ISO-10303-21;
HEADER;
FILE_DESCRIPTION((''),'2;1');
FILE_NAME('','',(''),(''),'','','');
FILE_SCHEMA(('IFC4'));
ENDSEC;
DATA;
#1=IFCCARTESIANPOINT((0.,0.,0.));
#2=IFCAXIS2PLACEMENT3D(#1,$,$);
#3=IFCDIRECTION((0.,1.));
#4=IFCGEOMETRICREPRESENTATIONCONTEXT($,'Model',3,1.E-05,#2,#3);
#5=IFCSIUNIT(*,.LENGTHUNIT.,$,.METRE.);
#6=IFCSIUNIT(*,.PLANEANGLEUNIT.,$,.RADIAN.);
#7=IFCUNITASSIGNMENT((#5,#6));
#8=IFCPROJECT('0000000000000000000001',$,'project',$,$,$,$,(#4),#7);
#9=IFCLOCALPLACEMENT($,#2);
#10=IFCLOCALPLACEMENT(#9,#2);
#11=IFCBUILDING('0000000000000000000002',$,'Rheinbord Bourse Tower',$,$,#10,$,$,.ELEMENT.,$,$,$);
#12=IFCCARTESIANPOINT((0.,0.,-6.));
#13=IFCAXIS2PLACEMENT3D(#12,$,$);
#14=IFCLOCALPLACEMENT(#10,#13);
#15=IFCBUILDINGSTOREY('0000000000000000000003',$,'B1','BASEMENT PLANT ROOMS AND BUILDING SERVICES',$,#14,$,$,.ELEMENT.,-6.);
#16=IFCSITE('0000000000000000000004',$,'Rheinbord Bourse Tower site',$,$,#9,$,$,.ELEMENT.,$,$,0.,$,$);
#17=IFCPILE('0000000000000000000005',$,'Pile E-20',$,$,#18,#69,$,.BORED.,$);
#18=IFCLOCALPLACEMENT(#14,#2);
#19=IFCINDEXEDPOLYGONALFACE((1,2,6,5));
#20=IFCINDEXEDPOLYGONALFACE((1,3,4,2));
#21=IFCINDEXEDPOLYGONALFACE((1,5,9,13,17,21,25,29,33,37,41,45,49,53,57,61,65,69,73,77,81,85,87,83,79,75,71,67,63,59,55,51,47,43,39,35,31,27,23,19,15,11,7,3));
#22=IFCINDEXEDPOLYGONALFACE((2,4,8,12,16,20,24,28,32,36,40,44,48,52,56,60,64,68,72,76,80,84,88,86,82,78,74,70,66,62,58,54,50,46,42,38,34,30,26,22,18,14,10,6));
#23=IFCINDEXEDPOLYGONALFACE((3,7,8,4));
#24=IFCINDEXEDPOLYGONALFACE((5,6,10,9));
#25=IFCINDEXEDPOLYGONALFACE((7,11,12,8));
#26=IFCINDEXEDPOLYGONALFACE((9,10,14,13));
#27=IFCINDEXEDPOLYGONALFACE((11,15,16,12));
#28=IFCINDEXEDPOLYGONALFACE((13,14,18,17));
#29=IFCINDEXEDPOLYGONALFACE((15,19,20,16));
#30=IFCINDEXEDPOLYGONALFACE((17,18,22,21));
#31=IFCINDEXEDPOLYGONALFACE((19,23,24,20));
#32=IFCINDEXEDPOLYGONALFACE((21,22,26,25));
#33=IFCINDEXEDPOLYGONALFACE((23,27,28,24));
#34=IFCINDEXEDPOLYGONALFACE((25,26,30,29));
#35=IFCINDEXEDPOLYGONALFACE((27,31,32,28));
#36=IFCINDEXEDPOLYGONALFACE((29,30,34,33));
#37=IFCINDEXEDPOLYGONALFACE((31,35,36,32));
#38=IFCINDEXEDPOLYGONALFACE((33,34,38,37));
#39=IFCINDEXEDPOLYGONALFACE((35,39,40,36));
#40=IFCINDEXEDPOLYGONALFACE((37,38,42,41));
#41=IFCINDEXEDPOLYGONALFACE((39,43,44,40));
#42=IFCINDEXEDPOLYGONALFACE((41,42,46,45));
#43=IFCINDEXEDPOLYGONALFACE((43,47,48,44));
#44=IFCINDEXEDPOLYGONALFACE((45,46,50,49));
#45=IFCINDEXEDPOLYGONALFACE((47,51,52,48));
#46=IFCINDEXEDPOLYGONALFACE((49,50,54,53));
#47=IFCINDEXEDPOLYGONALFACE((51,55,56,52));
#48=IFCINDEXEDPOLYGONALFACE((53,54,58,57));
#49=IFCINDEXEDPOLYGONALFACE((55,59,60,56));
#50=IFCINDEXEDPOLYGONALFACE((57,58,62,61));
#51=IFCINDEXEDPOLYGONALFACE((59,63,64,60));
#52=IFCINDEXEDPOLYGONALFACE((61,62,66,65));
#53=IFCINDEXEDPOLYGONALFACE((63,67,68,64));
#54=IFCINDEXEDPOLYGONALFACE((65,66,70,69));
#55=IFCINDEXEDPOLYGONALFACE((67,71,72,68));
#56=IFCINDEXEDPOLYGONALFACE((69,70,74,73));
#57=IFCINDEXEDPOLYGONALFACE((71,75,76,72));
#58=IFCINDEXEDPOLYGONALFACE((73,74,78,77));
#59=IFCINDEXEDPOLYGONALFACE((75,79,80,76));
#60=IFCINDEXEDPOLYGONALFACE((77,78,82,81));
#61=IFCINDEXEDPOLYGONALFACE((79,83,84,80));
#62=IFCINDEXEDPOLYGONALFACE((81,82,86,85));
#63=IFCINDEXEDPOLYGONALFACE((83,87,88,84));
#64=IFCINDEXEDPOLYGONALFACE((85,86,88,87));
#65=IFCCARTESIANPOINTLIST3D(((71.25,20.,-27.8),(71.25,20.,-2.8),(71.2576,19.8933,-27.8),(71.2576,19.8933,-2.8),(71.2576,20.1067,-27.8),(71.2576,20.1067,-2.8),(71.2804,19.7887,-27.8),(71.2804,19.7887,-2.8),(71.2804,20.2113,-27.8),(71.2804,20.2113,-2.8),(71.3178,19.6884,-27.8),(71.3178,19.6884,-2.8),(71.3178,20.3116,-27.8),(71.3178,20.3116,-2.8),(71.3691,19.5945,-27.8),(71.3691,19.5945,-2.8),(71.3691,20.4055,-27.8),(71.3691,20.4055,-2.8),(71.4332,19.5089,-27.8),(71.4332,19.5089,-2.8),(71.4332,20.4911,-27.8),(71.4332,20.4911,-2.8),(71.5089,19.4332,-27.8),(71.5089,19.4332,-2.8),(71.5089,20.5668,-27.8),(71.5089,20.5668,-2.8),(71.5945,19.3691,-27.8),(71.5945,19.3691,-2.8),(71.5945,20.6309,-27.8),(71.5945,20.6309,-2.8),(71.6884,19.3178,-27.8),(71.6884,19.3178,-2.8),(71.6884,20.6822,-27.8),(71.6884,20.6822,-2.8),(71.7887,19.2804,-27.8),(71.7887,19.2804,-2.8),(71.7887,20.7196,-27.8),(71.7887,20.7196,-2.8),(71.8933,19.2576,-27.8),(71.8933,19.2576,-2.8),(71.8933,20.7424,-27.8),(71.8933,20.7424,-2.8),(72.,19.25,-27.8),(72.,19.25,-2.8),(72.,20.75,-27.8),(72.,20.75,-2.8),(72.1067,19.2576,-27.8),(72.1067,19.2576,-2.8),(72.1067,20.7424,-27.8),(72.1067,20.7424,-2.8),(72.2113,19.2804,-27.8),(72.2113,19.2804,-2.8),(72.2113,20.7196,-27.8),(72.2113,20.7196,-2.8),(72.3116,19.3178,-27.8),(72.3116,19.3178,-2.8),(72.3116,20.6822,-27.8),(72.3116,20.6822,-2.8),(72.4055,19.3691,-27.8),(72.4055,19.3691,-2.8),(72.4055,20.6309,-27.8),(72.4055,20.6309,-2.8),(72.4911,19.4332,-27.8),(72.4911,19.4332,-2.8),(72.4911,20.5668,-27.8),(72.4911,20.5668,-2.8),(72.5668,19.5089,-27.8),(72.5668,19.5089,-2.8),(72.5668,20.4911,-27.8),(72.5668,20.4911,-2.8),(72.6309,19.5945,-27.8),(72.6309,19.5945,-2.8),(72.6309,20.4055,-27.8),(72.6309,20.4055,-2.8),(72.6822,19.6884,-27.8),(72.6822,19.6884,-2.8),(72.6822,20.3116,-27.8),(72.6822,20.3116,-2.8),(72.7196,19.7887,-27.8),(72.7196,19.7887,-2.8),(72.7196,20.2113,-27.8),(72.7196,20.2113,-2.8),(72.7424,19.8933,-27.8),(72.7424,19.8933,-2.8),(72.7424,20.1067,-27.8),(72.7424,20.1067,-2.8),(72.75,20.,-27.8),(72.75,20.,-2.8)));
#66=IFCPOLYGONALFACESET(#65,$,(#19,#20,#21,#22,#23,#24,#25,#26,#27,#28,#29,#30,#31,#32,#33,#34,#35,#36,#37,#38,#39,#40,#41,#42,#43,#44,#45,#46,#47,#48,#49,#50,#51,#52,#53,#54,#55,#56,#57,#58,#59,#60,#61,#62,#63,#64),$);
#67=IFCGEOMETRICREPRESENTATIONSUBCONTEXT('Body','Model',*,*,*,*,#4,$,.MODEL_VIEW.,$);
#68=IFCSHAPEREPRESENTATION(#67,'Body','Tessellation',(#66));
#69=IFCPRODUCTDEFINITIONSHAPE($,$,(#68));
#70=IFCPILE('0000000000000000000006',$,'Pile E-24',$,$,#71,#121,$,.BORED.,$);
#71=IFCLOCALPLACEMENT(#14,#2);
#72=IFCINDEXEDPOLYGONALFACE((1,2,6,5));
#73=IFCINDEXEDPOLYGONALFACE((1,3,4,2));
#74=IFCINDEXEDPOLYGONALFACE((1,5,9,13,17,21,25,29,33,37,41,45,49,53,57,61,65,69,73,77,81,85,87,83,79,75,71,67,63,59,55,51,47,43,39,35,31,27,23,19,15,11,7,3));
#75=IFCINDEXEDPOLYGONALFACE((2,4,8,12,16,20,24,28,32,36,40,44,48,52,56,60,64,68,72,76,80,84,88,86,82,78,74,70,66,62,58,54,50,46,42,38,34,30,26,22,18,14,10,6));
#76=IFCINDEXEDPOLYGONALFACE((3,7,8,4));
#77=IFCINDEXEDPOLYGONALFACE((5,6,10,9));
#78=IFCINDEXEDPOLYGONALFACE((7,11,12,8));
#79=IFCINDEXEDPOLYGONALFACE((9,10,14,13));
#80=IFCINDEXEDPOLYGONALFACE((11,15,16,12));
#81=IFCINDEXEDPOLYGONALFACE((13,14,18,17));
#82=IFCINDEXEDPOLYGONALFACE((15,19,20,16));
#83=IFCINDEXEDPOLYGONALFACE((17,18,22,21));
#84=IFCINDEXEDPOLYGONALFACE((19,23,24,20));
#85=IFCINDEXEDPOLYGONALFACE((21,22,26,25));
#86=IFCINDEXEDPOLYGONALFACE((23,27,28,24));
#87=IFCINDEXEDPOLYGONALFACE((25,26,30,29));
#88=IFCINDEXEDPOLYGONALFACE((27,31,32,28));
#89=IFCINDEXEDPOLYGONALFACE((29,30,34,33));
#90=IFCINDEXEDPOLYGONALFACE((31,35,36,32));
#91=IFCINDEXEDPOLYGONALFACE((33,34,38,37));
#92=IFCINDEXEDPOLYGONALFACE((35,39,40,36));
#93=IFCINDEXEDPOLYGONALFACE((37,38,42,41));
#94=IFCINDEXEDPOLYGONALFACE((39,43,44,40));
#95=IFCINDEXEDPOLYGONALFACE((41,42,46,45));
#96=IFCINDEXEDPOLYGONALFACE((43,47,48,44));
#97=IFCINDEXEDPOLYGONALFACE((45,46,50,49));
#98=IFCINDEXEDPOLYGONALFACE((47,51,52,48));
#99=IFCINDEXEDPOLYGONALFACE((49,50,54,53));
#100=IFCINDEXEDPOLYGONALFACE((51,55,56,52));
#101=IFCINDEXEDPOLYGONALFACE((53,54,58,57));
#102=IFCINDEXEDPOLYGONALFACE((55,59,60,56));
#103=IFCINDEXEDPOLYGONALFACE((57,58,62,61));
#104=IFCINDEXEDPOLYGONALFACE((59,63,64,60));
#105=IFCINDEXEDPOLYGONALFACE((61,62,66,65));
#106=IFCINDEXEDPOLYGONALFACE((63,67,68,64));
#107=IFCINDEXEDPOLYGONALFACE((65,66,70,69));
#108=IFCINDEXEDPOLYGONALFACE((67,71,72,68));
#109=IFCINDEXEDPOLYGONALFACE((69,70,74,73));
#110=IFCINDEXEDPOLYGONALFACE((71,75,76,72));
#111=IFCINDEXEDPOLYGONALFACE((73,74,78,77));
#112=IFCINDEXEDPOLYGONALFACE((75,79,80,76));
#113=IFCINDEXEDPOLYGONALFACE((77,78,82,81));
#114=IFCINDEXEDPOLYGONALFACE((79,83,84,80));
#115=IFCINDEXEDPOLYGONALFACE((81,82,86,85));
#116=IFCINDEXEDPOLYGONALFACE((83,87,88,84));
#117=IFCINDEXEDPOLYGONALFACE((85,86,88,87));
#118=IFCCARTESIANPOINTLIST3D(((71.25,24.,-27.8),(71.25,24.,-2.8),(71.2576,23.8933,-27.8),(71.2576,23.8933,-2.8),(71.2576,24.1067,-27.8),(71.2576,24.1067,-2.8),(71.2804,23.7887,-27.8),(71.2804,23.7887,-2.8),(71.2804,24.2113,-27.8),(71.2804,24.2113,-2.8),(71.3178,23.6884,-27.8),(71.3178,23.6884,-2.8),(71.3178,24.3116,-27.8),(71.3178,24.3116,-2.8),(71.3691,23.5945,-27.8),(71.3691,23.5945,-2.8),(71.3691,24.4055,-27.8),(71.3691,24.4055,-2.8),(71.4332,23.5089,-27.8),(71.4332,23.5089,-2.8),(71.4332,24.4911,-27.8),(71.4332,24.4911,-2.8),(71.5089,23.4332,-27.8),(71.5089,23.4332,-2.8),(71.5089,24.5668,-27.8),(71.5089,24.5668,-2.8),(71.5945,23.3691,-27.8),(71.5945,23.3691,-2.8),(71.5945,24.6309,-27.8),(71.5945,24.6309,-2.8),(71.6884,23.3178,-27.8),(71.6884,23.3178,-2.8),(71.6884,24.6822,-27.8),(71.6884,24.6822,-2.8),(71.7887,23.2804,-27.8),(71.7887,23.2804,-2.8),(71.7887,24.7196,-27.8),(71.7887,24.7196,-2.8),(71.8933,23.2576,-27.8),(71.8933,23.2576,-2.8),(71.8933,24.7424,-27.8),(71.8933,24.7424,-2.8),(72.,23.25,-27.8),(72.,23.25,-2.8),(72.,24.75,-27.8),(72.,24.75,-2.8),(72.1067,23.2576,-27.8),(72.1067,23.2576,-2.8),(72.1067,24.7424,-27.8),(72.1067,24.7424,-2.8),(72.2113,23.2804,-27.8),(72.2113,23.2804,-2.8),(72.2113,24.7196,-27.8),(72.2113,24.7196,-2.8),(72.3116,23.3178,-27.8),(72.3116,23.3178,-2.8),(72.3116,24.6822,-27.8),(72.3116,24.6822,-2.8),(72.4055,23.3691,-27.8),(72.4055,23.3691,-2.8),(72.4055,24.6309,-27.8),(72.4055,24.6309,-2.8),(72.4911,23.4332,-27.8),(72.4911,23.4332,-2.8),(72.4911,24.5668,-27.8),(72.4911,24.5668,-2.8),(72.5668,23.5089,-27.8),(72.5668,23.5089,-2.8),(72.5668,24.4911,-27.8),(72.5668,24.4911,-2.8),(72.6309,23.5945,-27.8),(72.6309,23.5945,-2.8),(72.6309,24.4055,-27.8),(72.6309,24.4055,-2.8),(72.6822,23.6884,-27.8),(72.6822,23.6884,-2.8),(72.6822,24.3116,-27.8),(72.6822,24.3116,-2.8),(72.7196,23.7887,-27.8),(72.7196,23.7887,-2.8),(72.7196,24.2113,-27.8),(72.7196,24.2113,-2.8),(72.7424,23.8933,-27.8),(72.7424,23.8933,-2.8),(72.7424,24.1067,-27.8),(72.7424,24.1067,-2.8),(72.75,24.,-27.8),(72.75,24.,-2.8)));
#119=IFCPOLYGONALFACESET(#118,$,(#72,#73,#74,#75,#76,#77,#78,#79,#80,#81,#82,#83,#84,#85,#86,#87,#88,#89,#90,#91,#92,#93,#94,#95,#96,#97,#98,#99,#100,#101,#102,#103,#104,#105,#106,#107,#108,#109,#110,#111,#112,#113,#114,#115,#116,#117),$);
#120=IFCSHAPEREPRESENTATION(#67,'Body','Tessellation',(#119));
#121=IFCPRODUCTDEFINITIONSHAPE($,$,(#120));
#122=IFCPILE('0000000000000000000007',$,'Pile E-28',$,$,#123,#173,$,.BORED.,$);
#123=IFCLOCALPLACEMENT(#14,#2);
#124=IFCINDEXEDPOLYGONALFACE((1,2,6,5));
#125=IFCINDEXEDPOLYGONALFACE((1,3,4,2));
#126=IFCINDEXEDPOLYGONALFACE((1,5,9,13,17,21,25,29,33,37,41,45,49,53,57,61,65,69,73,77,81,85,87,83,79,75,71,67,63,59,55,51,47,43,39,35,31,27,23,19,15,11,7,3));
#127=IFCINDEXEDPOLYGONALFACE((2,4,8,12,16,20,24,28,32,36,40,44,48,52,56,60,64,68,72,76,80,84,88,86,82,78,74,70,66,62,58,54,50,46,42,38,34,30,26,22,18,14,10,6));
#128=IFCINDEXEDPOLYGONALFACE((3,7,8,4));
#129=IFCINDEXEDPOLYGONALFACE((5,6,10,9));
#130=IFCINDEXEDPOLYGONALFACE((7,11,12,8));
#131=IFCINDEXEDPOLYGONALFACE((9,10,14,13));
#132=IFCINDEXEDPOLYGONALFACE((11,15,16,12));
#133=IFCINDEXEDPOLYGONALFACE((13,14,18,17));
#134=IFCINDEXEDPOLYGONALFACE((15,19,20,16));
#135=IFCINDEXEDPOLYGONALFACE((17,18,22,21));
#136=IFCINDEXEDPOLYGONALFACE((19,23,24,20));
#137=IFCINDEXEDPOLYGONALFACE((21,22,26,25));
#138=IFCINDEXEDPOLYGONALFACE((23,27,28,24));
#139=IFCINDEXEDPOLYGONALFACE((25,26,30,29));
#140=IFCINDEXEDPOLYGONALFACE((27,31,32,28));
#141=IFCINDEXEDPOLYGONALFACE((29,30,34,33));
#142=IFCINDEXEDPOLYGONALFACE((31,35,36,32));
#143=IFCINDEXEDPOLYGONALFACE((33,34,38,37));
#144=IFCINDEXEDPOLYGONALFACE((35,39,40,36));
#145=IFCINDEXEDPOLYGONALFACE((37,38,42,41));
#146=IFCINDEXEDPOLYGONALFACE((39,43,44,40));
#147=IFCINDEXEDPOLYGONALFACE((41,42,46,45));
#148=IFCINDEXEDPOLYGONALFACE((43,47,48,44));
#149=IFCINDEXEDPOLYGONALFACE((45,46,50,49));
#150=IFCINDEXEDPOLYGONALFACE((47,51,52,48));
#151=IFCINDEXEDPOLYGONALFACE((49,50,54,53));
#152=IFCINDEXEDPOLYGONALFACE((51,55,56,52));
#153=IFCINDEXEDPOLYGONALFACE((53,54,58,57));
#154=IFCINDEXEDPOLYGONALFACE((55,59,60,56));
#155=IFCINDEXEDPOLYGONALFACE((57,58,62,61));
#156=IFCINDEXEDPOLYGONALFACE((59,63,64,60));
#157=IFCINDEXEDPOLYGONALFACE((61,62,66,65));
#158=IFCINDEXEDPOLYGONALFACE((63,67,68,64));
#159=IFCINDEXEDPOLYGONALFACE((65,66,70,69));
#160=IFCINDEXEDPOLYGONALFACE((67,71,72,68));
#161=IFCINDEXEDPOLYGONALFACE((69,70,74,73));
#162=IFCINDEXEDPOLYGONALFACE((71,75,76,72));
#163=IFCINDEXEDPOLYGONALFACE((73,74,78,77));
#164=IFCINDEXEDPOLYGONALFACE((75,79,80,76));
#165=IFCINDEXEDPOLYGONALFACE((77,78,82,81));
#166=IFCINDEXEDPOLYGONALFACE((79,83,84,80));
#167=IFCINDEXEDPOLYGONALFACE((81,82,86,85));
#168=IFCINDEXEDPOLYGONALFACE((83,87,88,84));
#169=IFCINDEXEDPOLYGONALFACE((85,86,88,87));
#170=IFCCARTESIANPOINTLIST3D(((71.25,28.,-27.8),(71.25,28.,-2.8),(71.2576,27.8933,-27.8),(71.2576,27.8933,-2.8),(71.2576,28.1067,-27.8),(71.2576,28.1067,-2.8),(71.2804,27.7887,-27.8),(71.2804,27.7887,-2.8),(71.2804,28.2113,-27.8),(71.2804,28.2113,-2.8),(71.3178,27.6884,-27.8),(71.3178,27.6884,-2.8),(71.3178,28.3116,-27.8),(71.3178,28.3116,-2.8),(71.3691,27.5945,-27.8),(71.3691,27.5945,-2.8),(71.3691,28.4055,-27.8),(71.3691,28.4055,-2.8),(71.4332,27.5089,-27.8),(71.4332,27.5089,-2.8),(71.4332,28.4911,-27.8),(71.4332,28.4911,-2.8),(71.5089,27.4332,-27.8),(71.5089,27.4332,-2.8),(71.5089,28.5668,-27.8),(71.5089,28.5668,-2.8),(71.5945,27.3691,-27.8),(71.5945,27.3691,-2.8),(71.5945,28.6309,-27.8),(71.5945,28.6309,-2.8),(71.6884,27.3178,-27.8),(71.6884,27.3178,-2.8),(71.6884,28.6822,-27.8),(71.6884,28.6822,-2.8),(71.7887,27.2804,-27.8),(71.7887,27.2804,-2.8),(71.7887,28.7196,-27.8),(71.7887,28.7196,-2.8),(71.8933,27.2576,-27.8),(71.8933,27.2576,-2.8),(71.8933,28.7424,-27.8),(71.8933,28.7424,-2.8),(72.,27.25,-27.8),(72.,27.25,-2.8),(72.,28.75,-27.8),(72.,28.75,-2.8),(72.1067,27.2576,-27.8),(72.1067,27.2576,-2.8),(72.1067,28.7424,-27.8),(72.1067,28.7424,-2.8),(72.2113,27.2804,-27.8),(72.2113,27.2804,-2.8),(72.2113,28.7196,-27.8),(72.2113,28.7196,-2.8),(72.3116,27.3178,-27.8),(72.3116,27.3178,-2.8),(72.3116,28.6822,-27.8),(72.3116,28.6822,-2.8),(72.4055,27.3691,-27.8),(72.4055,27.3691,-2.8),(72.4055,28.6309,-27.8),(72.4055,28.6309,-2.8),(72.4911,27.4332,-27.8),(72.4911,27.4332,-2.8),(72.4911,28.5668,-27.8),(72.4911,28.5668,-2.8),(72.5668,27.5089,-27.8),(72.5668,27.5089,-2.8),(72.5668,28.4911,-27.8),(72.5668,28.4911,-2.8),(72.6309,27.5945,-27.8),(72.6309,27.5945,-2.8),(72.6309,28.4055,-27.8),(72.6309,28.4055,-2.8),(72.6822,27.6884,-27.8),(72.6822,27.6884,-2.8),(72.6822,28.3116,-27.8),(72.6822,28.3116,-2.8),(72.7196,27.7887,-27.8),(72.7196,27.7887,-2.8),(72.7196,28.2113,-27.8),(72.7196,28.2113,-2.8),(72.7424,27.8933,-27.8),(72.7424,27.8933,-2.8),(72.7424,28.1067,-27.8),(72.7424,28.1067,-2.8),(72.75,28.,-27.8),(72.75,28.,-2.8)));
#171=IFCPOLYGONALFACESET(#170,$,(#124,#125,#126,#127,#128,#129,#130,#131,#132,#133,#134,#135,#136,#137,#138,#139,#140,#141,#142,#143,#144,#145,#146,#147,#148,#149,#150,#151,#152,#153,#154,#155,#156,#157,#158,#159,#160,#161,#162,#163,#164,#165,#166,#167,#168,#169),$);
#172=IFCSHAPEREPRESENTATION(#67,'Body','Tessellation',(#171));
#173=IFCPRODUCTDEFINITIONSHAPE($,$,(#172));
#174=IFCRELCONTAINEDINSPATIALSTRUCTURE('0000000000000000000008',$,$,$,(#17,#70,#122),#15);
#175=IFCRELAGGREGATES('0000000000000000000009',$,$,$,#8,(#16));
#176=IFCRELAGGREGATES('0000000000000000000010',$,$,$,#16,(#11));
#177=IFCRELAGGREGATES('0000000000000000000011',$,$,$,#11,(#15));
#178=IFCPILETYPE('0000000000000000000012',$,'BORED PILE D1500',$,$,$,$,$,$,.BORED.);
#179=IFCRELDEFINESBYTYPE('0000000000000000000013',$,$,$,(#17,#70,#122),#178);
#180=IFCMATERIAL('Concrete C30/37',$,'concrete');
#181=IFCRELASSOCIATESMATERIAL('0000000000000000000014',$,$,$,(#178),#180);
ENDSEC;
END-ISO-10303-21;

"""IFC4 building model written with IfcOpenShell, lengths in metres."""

from ifc_helpers import new_model, si_unit, direction, frame, origin, origin_2d, place, context, subcontext, project, spatial, circle, extrude, material, material_profile, profile_set, type_object, element, save


model = new_model("IFC4")

# Units and contexts
model_context = context("Model", 3, precision=1e-05, world=origin(), true_north=direction((0.0, 1.0)))
body_context = subcontext(model_context, "Body", "Model", "MODEL_VIEW")
ifc_project = project(units=[si_unit("LENGTHUNIT", "METRE"), si_unit("PLANEANGLEUNIT", "RADIAN")], contexts=[model_context])

# Site, building, storey
site_placement = place(None, origin())
site = spatial("IfcSite", under=ifc_project, at=site_placement, Name="Rheinbord Bourse Tower site", CompositionType="ELEMENT", RefElevation=0.0)
building_placement = place(site_placement, origin())
building = spatial("IfcBuilding", under=site, at=building_placement, Name="Rheinbord Bourse Tower", CompositionType="ELEMENT")
storey_placement = place(building_placement, frame((0.0, 0.0, -6.0)))
storey = spatial("IfcBuildingStorey", under=building, at=storey_placement, Name="B1", Description="BASEMENT PLANT ROOMS AND BUILDING SERVICES", CompositionType="ELEMENT", Elevation=-6.0)

# Piles
ifc_material_1 = material(Name="Concrete C30/37", Category="concrete")
ifc_material_profile_1 = material_profile(ifc_material_1, circle(Radius=0.75, at=origin_2d()), Name="D1500")
ifc_profile_set_1 = profile_set([ifc_material_profile_1], Name="Concrete C30/37")
pile_type = type_object("IfcPileType", Name="BORED PILE D1500", PredefinedType="BORED", material=ifc_profile_set_1)
for number, where, z_axis, x_axis, name in (
    (1, (72.0, 20.0, -2.8), (0.0, 0.0, -1.0), (1.0, 0.0, 0.0), "Pile E-20"),
    (2, (72.0, 24.0, -2.8), (0.0, 0.0, -1.0), (1.0, 0.0, 0.0), "Pile E-24"),
    (3, (72.0, 28.0, -2.8), (0.0, 0.0, -1.0), (1.0, 0.0, 0.0), "Pile E-28"),
):
    element("IfcPile", number, at=place(storey_placement, frame(where, z_axis=z_axis, x_axis=x_axis)), inside=storey, type_object=pile_type, Name=name, PredefinedType="BORED", context=body_context, shape_type="SweptSolid", body=[
        extrude(circle(Radius=0.75, at=origin_2d()), origin(), (0.0, 0.0, 1.0), 25.0),
    ])

save(model, "model.ifc")
